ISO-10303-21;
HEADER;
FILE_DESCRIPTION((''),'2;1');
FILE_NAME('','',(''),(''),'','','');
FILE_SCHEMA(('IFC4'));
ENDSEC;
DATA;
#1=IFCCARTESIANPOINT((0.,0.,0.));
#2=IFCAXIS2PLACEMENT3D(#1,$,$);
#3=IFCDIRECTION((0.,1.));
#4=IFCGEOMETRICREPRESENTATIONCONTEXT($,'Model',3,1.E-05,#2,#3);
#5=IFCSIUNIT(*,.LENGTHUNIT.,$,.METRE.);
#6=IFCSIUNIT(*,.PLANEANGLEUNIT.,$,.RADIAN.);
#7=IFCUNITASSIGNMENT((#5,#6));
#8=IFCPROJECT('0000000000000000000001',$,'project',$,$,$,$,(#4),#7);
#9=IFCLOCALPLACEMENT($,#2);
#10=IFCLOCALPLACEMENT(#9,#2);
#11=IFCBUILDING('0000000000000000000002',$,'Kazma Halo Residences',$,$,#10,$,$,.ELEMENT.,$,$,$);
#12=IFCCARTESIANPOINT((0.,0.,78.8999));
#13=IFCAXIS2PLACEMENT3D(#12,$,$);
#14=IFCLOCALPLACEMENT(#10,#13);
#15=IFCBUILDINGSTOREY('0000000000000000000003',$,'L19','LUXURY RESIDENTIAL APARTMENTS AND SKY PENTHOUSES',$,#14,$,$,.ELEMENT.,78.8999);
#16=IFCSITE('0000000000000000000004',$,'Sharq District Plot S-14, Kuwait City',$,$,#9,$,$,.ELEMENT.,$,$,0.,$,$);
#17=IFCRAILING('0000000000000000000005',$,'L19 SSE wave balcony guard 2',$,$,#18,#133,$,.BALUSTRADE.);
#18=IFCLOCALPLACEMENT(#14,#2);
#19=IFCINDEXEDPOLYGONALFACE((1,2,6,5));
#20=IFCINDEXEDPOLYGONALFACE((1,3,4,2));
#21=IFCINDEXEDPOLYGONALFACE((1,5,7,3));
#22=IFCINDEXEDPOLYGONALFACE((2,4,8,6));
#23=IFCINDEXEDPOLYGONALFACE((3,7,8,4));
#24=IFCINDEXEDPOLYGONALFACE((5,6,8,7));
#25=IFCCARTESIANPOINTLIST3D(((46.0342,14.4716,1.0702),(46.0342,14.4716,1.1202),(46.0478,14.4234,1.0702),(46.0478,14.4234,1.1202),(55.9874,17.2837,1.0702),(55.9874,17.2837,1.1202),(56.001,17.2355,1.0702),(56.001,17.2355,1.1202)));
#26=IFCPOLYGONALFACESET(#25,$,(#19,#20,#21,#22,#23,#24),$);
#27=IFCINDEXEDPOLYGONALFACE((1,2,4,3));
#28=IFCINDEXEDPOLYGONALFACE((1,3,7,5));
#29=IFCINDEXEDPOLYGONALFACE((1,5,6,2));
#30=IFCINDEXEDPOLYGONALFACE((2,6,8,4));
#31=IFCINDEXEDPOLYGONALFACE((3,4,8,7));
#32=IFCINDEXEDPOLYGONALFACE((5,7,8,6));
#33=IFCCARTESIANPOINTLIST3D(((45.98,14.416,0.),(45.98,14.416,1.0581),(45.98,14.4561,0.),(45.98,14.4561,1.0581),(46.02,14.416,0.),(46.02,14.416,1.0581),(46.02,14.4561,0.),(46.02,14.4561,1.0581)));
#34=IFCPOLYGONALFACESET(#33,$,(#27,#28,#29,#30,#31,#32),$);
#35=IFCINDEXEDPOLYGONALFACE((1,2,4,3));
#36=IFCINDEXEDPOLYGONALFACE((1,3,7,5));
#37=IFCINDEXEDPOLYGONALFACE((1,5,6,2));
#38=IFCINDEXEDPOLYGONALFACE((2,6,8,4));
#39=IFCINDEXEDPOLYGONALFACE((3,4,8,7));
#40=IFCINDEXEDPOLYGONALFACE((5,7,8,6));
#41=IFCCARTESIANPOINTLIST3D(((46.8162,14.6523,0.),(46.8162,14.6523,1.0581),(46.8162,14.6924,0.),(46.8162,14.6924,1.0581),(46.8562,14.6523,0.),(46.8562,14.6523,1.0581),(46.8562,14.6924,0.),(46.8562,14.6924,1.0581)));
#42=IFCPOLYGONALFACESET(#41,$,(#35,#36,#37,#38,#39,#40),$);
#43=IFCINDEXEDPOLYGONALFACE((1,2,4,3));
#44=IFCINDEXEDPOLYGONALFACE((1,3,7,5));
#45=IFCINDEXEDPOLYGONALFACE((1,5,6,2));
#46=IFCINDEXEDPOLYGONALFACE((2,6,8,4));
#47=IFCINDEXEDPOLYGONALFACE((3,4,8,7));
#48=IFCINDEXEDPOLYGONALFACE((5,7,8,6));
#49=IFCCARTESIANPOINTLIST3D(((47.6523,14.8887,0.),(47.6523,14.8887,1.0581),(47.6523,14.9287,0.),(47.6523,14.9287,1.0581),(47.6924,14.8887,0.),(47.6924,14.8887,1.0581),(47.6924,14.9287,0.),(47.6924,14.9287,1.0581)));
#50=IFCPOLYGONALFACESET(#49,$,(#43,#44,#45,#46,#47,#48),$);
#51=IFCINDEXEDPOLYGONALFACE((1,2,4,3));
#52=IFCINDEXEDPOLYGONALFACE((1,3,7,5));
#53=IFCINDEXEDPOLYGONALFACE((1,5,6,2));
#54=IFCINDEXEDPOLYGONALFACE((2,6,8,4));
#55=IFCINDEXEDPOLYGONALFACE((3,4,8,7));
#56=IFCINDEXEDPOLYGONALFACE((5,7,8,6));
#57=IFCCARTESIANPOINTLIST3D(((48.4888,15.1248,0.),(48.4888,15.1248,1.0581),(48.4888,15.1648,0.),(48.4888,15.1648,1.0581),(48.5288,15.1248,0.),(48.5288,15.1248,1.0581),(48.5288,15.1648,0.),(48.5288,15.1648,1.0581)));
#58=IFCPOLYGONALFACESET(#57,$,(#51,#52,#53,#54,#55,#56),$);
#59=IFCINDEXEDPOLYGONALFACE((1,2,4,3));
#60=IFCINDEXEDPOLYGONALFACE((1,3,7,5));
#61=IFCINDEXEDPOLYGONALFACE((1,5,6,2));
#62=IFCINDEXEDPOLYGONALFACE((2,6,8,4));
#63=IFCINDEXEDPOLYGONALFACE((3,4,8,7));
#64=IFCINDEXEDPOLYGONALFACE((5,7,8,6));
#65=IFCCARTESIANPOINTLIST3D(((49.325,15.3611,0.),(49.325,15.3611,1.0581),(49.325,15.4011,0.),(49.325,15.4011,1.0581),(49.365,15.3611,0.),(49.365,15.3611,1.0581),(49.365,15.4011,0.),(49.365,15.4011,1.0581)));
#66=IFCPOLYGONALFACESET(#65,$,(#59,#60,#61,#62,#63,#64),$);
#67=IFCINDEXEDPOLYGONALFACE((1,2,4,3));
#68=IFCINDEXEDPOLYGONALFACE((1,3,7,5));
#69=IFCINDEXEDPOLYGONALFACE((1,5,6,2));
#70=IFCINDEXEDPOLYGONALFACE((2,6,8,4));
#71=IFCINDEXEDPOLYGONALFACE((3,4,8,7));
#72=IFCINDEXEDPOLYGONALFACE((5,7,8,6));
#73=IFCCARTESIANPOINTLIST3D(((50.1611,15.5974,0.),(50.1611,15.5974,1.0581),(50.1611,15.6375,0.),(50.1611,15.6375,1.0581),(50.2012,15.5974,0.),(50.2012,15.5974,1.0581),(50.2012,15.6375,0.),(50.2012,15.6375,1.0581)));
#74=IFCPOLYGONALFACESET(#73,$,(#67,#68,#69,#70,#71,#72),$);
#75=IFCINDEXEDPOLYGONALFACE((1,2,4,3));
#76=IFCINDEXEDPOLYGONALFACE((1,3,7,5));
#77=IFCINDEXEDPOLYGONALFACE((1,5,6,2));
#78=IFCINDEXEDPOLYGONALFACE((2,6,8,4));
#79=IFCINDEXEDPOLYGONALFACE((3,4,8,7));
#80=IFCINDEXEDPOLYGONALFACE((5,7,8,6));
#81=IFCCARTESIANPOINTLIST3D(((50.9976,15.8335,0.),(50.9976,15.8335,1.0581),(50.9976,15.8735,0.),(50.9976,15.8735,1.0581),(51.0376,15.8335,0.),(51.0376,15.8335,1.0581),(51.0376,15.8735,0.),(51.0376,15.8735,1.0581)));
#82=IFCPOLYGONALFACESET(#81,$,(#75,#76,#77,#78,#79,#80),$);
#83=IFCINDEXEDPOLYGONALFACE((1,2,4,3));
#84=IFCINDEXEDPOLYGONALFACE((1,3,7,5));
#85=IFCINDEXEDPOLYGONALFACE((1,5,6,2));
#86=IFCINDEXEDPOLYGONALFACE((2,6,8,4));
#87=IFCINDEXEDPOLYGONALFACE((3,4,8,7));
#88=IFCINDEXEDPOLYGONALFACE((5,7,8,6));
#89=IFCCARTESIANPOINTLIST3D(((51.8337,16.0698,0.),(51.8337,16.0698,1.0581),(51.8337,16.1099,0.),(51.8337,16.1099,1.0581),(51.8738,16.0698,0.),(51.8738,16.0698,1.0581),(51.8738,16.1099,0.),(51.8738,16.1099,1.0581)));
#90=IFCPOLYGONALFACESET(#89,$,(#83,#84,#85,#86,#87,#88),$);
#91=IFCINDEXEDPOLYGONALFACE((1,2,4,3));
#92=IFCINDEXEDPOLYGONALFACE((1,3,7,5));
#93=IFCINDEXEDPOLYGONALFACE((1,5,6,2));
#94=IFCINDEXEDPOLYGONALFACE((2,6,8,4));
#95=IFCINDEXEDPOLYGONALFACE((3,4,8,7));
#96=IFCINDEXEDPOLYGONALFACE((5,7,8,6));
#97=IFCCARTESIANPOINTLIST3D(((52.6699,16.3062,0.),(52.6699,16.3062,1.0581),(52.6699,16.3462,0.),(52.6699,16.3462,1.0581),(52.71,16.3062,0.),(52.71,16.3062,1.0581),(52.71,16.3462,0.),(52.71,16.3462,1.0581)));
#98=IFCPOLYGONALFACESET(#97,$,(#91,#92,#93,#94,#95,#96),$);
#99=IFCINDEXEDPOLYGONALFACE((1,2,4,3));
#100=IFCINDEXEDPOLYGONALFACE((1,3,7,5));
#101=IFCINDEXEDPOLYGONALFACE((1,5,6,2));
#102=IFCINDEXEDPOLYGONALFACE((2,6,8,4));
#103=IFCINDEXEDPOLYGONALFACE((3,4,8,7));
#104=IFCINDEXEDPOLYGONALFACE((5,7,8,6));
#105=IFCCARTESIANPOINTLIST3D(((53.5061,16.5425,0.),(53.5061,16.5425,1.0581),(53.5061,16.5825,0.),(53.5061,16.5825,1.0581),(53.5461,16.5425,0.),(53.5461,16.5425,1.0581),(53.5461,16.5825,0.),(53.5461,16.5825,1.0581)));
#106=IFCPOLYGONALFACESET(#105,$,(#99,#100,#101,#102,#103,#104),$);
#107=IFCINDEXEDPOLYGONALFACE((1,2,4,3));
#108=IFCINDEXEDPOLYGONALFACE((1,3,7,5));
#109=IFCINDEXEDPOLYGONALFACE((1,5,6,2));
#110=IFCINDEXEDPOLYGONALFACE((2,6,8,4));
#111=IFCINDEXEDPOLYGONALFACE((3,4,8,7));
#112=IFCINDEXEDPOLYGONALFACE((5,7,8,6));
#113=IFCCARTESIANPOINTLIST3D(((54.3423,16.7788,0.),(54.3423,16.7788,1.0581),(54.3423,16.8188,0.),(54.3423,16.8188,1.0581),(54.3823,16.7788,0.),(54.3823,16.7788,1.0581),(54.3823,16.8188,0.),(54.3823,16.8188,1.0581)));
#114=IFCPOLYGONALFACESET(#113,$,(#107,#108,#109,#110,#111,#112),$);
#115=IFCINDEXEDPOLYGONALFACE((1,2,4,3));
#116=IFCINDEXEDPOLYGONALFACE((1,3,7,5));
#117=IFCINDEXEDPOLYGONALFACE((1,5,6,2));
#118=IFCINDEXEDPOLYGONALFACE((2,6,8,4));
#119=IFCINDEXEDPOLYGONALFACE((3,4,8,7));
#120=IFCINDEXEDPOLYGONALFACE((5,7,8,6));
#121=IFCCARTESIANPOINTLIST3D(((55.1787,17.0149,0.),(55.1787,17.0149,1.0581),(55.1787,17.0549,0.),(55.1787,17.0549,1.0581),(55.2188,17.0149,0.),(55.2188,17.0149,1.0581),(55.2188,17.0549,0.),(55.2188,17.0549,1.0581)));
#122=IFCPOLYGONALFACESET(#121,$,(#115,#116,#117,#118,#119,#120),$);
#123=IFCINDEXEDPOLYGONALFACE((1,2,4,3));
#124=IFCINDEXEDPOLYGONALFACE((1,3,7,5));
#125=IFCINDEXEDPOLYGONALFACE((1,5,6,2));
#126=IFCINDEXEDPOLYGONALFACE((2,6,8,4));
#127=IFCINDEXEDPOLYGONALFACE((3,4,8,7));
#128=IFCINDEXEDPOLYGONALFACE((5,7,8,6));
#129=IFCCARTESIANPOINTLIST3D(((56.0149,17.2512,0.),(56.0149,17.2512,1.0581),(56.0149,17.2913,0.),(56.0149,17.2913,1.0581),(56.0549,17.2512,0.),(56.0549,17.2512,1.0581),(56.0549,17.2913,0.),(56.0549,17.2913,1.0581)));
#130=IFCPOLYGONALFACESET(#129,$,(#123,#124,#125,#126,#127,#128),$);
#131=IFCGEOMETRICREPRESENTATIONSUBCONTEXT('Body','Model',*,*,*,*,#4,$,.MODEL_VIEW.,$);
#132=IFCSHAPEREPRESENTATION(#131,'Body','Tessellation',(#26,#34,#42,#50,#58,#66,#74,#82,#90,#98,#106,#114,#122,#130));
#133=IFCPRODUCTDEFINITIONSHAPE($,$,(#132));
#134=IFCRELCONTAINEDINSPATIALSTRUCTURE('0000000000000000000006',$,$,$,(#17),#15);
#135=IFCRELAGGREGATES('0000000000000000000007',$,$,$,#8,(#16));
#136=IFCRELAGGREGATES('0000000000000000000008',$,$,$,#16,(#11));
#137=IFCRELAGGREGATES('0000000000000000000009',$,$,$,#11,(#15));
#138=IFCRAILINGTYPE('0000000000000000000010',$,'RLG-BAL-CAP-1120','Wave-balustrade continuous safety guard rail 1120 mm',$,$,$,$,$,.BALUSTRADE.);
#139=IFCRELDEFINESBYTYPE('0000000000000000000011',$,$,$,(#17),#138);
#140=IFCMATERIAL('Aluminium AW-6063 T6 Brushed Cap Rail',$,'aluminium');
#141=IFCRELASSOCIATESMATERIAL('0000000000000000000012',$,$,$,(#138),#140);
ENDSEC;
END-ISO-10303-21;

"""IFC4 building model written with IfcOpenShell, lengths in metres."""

from ifc_helpers import new_model, si_unit, direction, frame, origin, origin_2d, place, context, subcontext, project, spatial, rectangle, extrude, material, type_object, element, save


model = new_model("IFC4")

# Units and contexts
model_context = context("Model", 3, precision=1e-05, world=origin(), true_north=direction((0.0, 1.0)))
body_context = subcontext(model_context, "Body", "Model", "MODEL_VIEW")
ifc_project = project(units=[si_unit("LENGTHUNIT", "METRE"), si_unit("PLANEANGLEUNIT", "RADIAN")], contexts=[model_context])

# Site, building, storey
site_placement = place(None, origin())
site = spatial("IfcSite", under=ifc_project, at=site_placement, Name="Sharq District Plot S-14, Kuwait City", CompositionType="ELEMENT", RefElevation=0.0)
building_placement = place(site_placement, origin())
building = spatial("IfcBuilding", under=site, at=building_placement, Name="Kazma Halo Residences", CompositionType="ELEMENT")
storey_placement = place(building_placement, frame((0.0, 0.0, 78.8999)))
storey = spatial("IfcBuildingStorey", under=building, at=storey_placement, Name="L19", Description="LUXURY RESIDENTIAL APARTMENTS AND SKY PENTHOUSES", CompositionType="ELEMENT", Elevation=78.8999)

# Railing
ifc_material_1 = material(Name="Aluminium AW-6063 T6 Brushed Cap Rail", Category="aluminium")
railing_type = type_object("IfcRailingType", Name="RLG-BAL-CAP-1120", Description="Wave-balustrade continuous safety guard rail 1120 mm", PredefinedType="BALUSTRADE", material=ifc_material_1)
railing_1_placement = place(storey_placement, frame((46.0, 14.436, 0.0)))
element("IfcRailing", 1, at=railing_1_placement, inside=storey, type_object=railing_type, Name="L19 SSE wave balcony guard 2", PredefinedType="BALUSTRADE", context=body_context, shape_type="SweptSolid", body=[
    extrude(rectangle(XDim=0.05, YDim=0.05, at=origin_2d()), frame((0.041, 0.0115, 1.0952), z_axis=(0.962328, 0.271891, 0.0), x_axis=(-0.271891, 0.962328, 0.0)), (0.0, 0.0, 1.0), 10.3428),
    extrude(rectangle(XDim=0.04, YDim=0.04, at=origin_2d()), origin(), (0.0, 0.0, 1.0), 1.0581),
    extrude(rectangle(XDim=0.04, YDim=0.04, at=origin_2d()), frame((0.8362, 0.2363, 0.0)), (0.0, 0.0, 1.0), 1.0581),
    extrude(rectangle(XDim=0.04, YDim=0.04, at=origin_2d()), frame((1.6724, 0.4727, 0.0)), (0.0, 0.0, 1.0), 1.0581),
    extrude(rectangle(XDim=0.04, YDim=0.04, at=origin_2d()), frame((2.5088, 0.7087, 0.0)), (0.0, 0.0, 1.0), 1.0581),
    extrude(rectangle(XDim=0.04, YDim=0.04, at=origin_2d()), frame((3.345, 0.9451, 0.0)), (0.0, 0.0, 1.0), 1.0581),
    extrude(rectangle(XDim=0.04, YDim=0.04, at=origin_2d()), frame((4.1812, 1.1814, 0.0)), (0.0, 0.0, 1.0), 1.0581),
    extrude(rectangle(XDim=0.04, YDim=0.04, at=origin_2d()), frame((5.0176, 1.4175, 0.0)), (0.0, 0.0, 1.0), 1.0581),
    extrude(rectangle(XDim=0.04, YDim=0.04, at=origin_2d()), frame((5.8538, 1.6538, 0.0)), (0.0, 0.0, 1.0), 1.0581),
    extrude(rectangle(XDim=0.04, YDim=0.04, at=origin_2d()), frame((6.6899, 1.8901, 0.0)), (0.0, 0.0, 1.0), 1.0581),
    extrude(rectangle(XDim=0.04, YDim=0.04, at=origin_2d()), frame((7.5261, 2.1265, 0.0)), (0.0, 0.0, 1.0), 1.0581),
    extrude(rectangle(XDim=0.04, YDim=0.04, at=origin_2d()), frame((8.3623, 2.3628, 0.0)), (0.0, 0.0, 1.0), 1.0581),
    extrude(rectangle(XDim=0.04, YDim=0.04, at=origin_2d()), frame((9.1987, 2.5989, 0.0)), (0.0, 0.0, 1.0), 1.0581),
    extrude(rectangle(XDim=0.04, YDim=0.04, at=origin_2d()), frame((10.0349, 2.8352, 0.0)), (0.0, 0.0, 1.0), 1.0581),
])

save(model, "model.ifc")
